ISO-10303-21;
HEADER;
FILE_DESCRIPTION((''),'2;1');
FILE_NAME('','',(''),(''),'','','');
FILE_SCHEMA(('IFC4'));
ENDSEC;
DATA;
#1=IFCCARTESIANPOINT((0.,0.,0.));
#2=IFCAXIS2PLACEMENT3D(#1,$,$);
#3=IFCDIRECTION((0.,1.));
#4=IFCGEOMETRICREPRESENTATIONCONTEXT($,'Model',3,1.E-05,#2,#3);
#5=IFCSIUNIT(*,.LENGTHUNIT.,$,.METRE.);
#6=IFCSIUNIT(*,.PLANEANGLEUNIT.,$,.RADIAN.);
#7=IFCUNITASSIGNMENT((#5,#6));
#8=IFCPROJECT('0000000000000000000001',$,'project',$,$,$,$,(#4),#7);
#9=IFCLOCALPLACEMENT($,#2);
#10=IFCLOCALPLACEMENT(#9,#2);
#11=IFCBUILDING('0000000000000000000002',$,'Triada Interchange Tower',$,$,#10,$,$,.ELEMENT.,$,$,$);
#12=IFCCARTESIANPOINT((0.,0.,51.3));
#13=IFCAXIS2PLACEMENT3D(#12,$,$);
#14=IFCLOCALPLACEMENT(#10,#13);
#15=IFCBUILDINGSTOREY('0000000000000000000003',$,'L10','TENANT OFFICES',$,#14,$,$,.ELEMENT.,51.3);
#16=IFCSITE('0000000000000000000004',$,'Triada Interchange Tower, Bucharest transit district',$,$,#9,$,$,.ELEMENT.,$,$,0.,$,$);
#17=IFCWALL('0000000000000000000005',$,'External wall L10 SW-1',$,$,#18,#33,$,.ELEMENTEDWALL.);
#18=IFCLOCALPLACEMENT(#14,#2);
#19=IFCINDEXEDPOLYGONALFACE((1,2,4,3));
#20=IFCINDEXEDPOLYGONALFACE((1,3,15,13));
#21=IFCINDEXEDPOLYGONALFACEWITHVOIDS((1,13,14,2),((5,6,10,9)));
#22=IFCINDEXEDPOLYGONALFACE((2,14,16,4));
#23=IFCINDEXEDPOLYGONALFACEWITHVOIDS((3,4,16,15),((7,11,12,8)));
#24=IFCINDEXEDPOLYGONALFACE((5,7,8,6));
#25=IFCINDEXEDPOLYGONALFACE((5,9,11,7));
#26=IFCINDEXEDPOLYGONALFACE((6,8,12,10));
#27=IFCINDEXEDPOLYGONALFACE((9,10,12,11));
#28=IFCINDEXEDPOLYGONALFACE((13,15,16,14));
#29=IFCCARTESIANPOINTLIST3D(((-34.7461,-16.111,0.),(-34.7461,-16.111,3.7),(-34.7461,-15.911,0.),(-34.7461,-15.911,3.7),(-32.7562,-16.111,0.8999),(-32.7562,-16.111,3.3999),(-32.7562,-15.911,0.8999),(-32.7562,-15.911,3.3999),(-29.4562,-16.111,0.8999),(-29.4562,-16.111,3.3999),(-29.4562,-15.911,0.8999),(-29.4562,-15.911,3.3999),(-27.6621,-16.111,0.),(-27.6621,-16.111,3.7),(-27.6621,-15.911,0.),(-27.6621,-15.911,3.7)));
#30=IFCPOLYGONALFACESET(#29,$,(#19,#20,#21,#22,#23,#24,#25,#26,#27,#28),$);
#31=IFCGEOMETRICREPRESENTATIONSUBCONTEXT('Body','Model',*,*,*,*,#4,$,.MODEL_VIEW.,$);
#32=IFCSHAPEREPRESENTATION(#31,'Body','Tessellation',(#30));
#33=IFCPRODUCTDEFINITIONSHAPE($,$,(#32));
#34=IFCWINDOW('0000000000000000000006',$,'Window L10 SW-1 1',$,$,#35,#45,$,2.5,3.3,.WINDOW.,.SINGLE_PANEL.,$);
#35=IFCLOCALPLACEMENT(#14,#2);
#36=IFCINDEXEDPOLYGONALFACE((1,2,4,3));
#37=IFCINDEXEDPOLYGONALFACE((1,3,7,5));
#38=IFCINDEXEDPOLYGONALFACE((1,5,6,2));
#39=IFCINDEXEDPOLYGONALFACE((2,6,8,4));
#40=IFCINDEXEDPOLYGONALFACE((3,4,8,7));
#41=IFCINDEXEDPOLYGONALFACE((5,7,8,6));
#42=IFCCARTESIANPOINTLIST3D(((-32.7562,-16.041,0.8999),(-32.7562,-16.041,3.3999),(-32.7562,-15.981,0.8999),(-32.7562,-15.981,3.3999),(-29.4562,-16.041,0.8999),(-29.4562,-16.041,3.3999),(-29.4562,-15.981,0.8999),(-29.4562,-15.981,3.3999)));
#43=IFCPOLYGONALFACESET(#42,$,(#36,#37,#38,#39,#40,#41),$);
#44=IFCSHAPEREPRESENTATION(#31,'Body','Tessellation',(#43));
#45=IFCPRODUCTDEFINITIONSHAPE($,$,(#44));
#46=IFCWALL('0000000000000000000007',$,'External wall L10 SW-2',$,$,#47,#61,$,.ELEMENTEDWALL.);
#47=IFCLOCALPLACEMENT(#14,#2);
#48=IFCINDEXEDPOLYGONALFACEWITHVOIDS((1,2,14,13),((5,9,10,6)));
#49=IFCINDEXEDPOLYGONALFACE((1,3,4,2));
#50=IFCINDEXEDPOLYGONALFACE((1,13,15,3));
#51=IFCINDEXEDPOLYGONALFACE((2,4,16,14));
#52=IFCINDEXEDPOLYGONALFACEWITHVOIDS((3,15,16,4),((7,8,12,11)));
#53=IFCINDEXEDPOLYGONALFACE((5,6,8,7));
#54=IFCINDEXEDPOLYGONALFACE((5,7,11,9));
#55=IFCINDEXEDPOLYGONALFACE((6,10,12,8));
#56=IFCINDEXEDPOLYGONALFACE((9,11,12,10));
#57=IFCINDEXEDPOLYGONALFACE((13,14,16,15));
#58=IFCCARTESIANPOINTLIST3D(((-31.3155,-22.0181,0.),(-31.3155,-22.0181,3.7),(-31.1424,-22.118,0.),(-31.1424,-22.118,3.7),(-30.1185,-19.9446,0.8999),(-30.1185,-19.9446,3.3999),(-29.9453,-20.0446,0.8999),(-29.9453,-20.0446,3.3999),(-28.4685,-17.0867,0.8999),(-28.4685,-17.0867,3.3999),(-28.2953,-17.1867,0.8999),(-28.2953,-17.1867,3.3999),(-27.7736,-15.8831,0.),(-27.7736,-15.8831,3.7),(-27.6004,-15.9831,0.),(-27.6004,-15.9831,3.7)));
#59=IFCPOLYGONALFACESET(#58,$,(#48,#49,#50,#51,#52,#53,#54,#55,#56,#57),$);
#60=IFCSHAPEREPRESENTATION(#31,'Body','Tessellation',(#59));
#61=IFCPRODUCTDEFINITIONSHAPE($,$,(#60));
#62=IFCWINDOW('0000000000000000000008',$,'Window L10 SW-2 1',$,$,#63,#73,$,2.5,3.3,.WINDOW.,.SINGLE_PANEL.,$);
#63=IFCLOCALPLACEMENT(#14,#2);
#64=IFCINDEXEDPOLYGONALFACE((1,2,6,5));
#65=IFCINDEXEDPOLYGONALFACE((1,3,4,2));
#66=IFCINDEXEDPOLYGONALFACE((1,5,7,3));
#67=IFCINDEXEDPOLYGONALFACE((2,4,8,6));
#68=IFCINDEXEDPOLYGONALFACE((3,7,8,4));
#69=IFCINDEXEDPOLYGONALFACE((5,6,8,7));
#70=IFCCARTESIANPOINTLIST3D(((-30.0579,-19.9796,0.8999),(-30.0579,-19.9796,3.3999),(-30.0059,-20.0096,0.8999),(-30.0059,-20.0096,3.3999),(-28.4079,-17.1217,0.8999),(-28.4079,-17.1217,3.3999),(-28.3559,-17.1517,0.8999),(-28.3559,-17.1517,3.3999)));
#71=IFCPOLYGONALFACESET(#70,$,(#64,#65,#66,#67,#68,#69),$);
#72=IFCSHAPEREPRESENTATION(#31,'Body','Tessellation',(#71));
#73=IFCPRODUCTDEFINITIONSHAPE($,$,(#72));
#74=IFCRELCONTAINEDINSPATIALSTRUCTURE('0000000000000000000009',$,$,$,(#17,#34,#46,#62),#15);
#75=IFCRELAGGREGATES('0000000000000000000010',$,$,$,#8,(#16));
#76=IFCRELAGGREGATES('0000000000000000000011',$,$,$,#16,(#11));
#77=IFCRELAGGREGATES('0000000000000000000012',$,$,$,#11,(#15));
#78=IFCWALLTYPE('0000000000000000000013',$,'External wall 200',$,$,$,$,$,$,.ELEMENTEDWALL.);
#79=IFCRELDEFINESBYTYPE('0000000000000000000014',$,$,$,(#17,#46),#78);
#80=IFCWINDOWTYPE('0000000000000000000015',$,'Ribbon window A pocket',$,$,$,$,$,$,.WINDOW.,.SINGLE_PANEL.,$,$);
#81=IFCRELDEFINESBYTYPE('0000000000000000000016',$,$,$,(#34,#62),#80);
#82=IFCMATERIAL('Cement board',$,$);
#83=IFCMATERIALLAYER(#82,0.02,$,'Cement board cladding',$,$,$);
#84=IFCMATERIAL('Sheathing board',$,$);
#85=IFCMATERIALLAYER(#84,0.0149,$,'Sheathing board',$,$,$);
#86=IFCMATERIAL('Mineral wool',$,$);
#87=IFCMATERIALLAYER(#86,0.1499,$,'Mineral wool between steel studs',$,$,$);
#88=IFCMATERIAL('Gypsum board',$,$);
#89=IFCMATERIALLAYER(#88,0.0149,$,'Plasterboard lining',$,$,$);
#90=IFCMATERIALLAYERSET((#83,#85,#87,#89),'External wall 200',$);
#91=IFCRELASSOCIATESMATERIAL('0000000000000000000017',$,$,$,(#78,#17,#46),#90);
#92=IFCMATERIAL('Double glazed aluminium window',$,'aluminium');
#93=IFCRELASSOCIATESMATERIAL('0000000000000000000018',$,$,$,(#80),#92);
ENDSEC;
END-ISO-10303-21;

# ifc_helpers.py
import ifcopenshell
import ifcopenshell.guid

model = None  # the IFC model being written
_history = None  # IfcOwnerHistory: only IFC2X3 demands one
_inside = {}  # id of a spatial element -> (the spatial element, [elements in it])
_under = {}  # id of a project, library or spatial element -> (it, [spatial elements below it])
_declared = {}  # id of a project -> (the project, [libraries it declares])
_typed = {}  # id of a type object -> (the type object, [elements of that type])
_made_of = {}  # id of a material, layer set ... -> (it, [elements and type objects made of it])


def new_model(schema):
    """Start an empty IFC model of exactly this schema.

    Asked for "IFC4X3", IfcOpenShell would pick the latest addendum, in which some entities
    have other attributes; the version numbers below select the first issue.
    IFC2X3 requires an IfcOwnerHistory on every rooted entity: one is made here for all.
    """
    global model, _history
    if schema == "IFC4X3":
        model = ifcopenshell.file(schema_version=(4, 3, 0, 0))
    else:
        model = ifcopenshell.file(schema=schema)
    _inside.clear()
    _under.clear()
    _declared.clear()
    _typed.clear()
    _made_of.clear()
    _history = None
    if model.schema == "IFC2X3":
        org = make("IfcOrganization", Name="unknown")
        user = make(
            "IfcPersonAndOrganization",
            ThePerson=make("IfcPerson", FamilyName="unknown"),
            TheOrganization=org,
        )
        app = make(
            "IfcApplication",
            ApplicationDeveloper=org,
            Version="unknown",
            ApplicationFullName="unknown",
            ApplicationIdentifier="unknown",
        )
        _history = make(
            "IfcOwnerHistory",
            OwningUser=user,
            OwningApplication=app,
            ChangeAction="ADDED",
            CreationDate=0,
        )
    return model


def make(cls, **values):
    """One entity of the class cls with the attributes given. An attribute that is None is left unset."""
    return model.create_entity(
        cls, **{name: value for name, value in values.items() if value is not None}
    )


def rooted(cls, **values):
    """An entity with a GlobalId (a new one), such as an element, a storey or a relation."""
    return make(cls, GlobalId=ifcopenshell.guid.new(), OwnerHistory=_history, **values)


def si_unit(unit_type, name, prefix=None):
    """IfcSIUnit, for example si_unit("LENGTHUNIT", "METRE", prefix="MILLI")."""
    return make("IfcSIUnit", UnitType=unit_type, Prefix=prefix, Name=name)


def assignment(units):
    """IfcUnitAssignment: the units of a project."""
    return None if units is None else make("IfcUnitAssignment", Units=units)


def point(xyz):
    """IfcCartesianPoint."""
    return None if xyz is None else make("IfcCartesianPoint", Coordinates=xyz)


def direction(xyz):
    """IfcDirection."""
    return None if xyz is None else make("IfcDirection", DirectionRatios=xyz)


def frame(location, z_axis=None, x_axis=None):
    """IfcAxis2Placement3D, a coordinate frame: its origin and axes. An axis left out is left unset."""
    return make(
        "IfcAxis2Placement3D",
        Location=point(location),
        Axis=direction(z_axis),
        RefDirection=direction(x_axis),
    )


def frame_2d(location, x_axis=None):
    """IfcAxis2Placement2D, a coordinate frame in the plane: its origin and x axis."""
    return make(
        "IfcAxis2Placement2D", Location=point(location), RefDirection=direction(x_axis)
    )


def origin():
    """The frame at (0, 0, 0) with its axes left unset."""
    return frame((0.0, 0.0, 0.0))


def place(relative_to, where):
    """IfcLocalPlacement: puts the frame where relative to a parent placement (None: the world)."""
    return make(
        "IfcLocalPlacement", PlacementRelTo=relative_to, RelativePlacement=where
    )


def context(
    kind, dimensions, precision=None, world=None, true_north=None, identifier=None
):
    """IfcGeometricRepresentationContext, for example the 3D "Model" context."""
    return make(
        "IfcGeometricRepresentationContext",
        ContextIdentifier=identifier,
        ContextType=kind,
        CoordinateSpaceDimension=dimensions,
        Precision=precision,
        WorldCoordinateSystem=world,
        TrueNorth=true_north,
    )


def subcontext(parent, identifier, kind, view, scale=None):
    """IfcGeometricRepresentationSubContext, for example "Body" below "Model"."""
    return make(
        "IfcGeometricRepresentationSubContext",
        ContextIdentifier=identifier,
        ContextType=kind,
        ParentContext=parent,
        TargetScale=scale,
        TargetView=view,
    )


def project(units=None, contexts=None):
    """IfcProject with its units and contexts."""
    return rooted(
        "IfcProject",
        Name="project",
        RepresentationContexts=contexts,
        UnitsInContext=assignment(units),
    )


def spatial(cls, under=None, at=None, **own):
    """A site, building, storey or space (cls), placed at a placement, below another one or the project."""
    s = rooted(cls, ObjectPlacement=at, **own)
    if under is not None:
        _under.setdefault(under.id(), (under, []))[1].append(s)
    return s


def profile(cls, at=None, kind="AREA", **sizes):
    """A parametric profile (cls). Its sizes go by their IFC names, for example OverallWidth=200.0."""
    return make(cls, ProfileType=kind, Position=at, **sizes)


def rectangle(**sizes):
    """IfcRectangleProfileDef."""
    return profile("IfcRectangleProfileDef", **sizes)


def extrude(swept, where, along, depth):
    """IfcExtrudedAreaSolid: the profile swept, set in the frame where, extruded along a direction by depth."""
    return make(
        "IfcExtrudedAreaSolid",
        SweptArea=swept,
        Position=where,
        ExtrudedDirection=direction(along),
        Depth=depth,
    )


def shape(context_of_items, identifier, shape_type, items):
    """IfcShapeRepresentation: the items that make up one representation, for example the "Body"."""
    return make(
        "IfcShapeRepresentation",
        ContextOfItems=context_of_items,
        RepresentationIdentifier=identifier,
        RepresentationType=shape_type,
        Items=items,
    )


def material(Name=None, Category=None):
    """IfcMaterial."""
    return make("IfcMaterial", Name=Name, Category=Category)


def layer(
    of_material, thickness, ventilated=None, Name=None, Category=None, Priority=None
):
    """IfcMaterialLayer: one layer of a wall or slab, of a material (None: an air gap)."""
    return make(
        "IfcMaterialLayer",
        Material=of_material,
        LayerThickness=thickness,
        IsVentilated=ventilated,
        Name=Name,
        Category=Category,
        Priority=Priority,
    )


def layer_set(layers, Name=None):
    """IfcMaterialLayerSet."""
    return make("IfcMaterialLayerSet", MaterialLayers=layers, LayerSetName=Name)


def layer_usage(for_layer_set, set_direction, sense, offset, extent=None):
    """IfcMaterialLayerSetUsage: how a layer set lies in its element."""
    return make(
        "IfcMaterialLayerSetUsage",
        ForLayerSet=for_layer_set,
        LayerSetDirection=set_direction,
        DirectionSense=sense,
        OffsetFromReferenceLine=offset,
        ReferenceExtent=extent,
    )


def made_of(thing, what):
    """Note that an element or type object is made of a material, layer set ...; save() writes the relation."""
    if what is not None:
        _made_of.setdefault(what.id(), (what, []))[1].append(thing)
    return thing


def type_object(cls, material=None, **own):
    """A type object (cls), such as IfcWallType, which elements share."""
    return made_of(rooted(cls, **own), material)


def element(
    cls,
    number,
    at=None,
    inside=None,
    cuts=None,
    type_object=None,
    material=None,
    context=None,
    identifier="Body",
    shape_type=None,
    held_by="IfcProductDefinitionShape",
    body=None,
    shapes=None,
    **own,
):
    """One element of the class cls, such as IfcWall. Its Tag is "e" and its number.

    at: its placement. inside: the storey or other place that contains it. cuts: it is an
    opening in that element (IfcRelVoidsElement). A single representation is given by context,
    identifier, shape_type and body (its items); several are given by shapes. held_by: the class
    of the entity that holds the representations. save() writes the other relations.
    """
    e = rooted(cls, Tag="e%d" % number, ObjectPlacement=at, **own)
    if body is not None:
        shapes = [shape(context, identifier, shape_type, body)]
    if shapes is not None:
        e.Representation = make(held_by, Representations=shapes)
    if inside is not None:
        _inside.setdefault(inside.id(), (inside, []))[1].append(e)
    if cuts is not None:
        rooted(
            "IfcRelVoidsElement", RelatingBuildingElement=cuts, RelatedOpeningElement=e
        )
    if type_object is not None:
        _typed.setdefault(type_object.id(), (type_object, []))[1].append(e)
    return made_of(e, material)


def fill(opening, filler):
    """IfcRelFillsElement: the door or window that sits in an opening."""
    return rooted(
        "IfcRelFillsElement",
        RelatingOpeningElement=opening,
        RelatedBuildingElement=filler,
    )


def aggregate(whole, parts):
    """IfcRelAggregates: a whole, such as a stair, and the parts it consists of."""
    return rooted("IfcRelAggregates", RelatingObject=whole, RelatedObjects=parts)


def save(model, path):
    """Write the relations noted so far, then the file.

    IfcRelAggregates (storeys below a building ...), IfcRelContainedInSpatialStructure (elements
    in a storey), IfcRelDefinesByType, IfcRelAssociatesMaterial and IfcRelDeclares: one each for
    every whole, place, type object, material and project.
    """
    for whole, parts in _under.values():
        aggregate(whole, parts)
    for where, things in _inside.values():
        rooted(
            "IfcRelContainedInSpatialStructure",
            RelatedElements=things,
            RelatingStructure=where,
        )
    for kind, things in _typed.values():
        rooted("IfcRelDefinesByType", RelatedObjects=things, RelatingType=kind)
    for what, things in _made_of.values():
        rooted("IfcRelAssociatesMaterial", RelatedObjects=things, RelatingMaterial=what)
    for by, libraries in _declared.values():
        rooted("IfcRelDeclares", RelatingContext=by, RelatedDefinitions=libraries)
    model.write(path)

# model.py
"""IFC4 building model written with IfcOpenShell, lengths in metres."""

from ifc_helpers import new_model, si_unit, direction, frame, frame_2d, origin, place, context, subcontext, project, spatial, rectangle, extrude, material, layer, layer_set, layer_usage, type_object, element, fill, save


model = new_model("IFC4")

# Units and contexts
model_context = context("Model", 3, precision=1e-05, world=origin(), true_north=direction((0.0, 1.0)))
body_context = subcontext(model_context, "Body", "Model", "MODEL_VIEW")
ifc_project = project(units=[si_unit("LENGTHUNIT", "METRE"), si_unit("PLANEANGLEUNIT", "RADIAN")], contexts=[model_context])

# Site, building, storey
site_placement = place(None, origin())
site = spatial("IfcSite", under=ifc_project, at=site_placement, Name="Triada Interchange Tower, Bucharest transit district", CompositionType="ELEMENT", RefElevation=0.0)
building_placement = place(site_placement, origin())
building = spatial("IfcBuilding", under=site, at=building_placement, Name="Triada Interchange Tower", CompositionType="ELEMENT")
storey_placement = place(building_placement, frame((0.0, 0.0, 51.3)))
storey = spatial("IfcBuildingStorey", under=building, at=storey_placement, Name="L10", Description="TENANT OFFICES", CompositionType="ELEMENT", Elevation=51.3)

# Walls, openings, windows
ifc_material_1 = material(Name="Cement board")
ifc_layer_1 = layer(ifc_material_1, 0.02, Name="Cement board cladding")
ifc_material_2 = material(Name="Sheathing board")
ifc_layer_2 = layer(ifc_material_2, 0.0149, Name="Sheathing board")
ifc_material_3 = material(Name="Mineral wool")
ifc_layer_3 = layer(ifc_material_3, 0.1499, Name="Mineral wool between steel studs")
ifc_material_4 = material(Name="Gypsum board")
ifc_layer_4 = layer(ifc_material_4, 0.0149, Name="Plasterboard lining")
ifc_layer_set_1 = layer_set([ifc_layer_1, ifc_layer_2, ifc_layer_3, ifc_layer_4], Name="External wall 200")
ifc_layer_usage = layer_usage(ifc_layer_set_1, "AXIS2", "POSITIVE", -0.1001)
wall_type_1 = type_object("IfcWallType", Name="External wall 200", PredefinedType="ELEMENTEDWALL", material=ifc_layer_set_1)
wall_1_placement = place(storey_placement, frame((-34.7461, -16.011, 0.0), z_axis=(0.0, 0.0, 1.0), x_axis=(1.0, 0.0, 0.0)))
wall_1 = element("IfcWall", 1, at=wall_1_placement, inside=storey, type_object=wall_type_1, material=ifc_layer_usage, Name="External wall L10 SW-1", PredefinedType="ELEMENTEDWALL", context=body_context, shape_type="SweptSolid", body=[
    extrude(rectangle(XDim=7.084, YDim=0.2, at=frame_2d((3.542, 0.0))), origin(), (0.0, 0.0, 1.0), 3.7),
])
opening_1_placement = place(wall_1_placement, frame((1.99, 0.0, 0.8999)))
opening_1 = element("IfcOpeningElement", 2, at=opening_1_placement, cuts=wall_1, PredefinedType="OPENING", context=body_context, shape_type="SweptSolid", body=[
    extrude(rectangle(XDim=3.3, YDim=2.5, at=frame_2d((1.6499, 1.25))), frame((0.0, 0.1099, 0.0), z_axis=(0.0, -1.0, 0.0), x_axis=(1.0, 0.0, 0.0)), (0.0, 0.0, 1.0), 0.22),
])
ifc_material_5 = material(Name="Double glazed aluminium window", Category="aluminium")
window_type_1 = type_object("IfcWindowType", Name="Ribbon window A pocket", PartitioningType="SINGLE_PANEL", PredefinedType="WINDOW", material=ifc_material_5)
window_1_placement = place(opening_1_placement, origin())
window_1 = element("IfcWindow", 3, at=window_1_placement, inside=storey, type_object=window_type_1, Name="Window L10 SW-1 1", OverallHeight=2.5, OverallWidth=3.3, PartitioningType="SINGLE_PANEL", PredefinedType="WINDOW", context=body_context, shape_type="SweptSolid", body=[
    extrude(rectangle(XDim=3.3, YDim=2.5, at=frame_2d((1.6499, 1.25))), frame((0.0, 0.03, 0.0), z_axis=(0.0, -1.0, 0.0), x_axis=(1.0, 0.0, 0.0)), (0.0, 0.0, 1.0), 0.0601),
])
fill(opening_1, window_1)
wall_2_placement = place(storey_placement, frame((-27.687, -15.9331, 0.0), z_axis=(0.0, 0.0, 1.0), x_axis=(-0.499994, -0.866029, 0.0)))
wall_2 = element("IfcWall", 4, at=wall_2_placement, inside=storey, type_object=wall_type_1, material=ifc_layer_usage, Name="External wall L10 SW-2", PredefinedType="ELEMENTEDWALL", context=body_context, shape_type="SweptSolid", body=[
    extrude(rectangle(XDim=7.084, YDim=0.2, at=frame_2d((3.542, 0.0))), origin(), (0.0, 0.0, 1.0), 3.7),
])
opening_2_placement = place(wall_2_placement, frame((1.3899, 0.0, 0.8999)))
opening_2 = element("IfcOpeningElement", 5, at=opening_2_placement, cuts=wall_2, PredefinedType="OPENING", context=body_context, shape_type="SweptSolid", body=[
    extrude(rectangle(XDim=3.3, YDim=2.5, at=frame_2d((1.6499, 1.25))), frame((0.0, 0.1099, 0.0), z_axis=(0.0, -1.0, 0.0), x_axis=(1.0, 0.0, 0.0)), (0.0, 0.0, 1.0), 0.22),
])
window_2_placement = place(opening_2_placement, origin())
window_2 = element("IfcWindow", 6, at=window_2_placement, inside=storey, type_object=window_type_1, Name="Window L10 SW-2 1", OverallHeight=2.5, OverallWidth=3.3, PartitioningType="SINGLE_PANEL", PredefinedType="WINDOW", context=body_context, shape_type="SweptSolid", body=[
    extrude(rectangle(XDim=3.3, YDim=2.5, at=frame_2d((1.6499, 1.25))), frame((0.0, 0.03, 0.0), z_axis=(0.0, -1.0, 0.0), x_axis=(1.0, 0.0, 0.0)), (0.0, 0.0, 1.0), 0.0601),
])
fill(opening_2, window_2)

save(model, "model.ifc")
